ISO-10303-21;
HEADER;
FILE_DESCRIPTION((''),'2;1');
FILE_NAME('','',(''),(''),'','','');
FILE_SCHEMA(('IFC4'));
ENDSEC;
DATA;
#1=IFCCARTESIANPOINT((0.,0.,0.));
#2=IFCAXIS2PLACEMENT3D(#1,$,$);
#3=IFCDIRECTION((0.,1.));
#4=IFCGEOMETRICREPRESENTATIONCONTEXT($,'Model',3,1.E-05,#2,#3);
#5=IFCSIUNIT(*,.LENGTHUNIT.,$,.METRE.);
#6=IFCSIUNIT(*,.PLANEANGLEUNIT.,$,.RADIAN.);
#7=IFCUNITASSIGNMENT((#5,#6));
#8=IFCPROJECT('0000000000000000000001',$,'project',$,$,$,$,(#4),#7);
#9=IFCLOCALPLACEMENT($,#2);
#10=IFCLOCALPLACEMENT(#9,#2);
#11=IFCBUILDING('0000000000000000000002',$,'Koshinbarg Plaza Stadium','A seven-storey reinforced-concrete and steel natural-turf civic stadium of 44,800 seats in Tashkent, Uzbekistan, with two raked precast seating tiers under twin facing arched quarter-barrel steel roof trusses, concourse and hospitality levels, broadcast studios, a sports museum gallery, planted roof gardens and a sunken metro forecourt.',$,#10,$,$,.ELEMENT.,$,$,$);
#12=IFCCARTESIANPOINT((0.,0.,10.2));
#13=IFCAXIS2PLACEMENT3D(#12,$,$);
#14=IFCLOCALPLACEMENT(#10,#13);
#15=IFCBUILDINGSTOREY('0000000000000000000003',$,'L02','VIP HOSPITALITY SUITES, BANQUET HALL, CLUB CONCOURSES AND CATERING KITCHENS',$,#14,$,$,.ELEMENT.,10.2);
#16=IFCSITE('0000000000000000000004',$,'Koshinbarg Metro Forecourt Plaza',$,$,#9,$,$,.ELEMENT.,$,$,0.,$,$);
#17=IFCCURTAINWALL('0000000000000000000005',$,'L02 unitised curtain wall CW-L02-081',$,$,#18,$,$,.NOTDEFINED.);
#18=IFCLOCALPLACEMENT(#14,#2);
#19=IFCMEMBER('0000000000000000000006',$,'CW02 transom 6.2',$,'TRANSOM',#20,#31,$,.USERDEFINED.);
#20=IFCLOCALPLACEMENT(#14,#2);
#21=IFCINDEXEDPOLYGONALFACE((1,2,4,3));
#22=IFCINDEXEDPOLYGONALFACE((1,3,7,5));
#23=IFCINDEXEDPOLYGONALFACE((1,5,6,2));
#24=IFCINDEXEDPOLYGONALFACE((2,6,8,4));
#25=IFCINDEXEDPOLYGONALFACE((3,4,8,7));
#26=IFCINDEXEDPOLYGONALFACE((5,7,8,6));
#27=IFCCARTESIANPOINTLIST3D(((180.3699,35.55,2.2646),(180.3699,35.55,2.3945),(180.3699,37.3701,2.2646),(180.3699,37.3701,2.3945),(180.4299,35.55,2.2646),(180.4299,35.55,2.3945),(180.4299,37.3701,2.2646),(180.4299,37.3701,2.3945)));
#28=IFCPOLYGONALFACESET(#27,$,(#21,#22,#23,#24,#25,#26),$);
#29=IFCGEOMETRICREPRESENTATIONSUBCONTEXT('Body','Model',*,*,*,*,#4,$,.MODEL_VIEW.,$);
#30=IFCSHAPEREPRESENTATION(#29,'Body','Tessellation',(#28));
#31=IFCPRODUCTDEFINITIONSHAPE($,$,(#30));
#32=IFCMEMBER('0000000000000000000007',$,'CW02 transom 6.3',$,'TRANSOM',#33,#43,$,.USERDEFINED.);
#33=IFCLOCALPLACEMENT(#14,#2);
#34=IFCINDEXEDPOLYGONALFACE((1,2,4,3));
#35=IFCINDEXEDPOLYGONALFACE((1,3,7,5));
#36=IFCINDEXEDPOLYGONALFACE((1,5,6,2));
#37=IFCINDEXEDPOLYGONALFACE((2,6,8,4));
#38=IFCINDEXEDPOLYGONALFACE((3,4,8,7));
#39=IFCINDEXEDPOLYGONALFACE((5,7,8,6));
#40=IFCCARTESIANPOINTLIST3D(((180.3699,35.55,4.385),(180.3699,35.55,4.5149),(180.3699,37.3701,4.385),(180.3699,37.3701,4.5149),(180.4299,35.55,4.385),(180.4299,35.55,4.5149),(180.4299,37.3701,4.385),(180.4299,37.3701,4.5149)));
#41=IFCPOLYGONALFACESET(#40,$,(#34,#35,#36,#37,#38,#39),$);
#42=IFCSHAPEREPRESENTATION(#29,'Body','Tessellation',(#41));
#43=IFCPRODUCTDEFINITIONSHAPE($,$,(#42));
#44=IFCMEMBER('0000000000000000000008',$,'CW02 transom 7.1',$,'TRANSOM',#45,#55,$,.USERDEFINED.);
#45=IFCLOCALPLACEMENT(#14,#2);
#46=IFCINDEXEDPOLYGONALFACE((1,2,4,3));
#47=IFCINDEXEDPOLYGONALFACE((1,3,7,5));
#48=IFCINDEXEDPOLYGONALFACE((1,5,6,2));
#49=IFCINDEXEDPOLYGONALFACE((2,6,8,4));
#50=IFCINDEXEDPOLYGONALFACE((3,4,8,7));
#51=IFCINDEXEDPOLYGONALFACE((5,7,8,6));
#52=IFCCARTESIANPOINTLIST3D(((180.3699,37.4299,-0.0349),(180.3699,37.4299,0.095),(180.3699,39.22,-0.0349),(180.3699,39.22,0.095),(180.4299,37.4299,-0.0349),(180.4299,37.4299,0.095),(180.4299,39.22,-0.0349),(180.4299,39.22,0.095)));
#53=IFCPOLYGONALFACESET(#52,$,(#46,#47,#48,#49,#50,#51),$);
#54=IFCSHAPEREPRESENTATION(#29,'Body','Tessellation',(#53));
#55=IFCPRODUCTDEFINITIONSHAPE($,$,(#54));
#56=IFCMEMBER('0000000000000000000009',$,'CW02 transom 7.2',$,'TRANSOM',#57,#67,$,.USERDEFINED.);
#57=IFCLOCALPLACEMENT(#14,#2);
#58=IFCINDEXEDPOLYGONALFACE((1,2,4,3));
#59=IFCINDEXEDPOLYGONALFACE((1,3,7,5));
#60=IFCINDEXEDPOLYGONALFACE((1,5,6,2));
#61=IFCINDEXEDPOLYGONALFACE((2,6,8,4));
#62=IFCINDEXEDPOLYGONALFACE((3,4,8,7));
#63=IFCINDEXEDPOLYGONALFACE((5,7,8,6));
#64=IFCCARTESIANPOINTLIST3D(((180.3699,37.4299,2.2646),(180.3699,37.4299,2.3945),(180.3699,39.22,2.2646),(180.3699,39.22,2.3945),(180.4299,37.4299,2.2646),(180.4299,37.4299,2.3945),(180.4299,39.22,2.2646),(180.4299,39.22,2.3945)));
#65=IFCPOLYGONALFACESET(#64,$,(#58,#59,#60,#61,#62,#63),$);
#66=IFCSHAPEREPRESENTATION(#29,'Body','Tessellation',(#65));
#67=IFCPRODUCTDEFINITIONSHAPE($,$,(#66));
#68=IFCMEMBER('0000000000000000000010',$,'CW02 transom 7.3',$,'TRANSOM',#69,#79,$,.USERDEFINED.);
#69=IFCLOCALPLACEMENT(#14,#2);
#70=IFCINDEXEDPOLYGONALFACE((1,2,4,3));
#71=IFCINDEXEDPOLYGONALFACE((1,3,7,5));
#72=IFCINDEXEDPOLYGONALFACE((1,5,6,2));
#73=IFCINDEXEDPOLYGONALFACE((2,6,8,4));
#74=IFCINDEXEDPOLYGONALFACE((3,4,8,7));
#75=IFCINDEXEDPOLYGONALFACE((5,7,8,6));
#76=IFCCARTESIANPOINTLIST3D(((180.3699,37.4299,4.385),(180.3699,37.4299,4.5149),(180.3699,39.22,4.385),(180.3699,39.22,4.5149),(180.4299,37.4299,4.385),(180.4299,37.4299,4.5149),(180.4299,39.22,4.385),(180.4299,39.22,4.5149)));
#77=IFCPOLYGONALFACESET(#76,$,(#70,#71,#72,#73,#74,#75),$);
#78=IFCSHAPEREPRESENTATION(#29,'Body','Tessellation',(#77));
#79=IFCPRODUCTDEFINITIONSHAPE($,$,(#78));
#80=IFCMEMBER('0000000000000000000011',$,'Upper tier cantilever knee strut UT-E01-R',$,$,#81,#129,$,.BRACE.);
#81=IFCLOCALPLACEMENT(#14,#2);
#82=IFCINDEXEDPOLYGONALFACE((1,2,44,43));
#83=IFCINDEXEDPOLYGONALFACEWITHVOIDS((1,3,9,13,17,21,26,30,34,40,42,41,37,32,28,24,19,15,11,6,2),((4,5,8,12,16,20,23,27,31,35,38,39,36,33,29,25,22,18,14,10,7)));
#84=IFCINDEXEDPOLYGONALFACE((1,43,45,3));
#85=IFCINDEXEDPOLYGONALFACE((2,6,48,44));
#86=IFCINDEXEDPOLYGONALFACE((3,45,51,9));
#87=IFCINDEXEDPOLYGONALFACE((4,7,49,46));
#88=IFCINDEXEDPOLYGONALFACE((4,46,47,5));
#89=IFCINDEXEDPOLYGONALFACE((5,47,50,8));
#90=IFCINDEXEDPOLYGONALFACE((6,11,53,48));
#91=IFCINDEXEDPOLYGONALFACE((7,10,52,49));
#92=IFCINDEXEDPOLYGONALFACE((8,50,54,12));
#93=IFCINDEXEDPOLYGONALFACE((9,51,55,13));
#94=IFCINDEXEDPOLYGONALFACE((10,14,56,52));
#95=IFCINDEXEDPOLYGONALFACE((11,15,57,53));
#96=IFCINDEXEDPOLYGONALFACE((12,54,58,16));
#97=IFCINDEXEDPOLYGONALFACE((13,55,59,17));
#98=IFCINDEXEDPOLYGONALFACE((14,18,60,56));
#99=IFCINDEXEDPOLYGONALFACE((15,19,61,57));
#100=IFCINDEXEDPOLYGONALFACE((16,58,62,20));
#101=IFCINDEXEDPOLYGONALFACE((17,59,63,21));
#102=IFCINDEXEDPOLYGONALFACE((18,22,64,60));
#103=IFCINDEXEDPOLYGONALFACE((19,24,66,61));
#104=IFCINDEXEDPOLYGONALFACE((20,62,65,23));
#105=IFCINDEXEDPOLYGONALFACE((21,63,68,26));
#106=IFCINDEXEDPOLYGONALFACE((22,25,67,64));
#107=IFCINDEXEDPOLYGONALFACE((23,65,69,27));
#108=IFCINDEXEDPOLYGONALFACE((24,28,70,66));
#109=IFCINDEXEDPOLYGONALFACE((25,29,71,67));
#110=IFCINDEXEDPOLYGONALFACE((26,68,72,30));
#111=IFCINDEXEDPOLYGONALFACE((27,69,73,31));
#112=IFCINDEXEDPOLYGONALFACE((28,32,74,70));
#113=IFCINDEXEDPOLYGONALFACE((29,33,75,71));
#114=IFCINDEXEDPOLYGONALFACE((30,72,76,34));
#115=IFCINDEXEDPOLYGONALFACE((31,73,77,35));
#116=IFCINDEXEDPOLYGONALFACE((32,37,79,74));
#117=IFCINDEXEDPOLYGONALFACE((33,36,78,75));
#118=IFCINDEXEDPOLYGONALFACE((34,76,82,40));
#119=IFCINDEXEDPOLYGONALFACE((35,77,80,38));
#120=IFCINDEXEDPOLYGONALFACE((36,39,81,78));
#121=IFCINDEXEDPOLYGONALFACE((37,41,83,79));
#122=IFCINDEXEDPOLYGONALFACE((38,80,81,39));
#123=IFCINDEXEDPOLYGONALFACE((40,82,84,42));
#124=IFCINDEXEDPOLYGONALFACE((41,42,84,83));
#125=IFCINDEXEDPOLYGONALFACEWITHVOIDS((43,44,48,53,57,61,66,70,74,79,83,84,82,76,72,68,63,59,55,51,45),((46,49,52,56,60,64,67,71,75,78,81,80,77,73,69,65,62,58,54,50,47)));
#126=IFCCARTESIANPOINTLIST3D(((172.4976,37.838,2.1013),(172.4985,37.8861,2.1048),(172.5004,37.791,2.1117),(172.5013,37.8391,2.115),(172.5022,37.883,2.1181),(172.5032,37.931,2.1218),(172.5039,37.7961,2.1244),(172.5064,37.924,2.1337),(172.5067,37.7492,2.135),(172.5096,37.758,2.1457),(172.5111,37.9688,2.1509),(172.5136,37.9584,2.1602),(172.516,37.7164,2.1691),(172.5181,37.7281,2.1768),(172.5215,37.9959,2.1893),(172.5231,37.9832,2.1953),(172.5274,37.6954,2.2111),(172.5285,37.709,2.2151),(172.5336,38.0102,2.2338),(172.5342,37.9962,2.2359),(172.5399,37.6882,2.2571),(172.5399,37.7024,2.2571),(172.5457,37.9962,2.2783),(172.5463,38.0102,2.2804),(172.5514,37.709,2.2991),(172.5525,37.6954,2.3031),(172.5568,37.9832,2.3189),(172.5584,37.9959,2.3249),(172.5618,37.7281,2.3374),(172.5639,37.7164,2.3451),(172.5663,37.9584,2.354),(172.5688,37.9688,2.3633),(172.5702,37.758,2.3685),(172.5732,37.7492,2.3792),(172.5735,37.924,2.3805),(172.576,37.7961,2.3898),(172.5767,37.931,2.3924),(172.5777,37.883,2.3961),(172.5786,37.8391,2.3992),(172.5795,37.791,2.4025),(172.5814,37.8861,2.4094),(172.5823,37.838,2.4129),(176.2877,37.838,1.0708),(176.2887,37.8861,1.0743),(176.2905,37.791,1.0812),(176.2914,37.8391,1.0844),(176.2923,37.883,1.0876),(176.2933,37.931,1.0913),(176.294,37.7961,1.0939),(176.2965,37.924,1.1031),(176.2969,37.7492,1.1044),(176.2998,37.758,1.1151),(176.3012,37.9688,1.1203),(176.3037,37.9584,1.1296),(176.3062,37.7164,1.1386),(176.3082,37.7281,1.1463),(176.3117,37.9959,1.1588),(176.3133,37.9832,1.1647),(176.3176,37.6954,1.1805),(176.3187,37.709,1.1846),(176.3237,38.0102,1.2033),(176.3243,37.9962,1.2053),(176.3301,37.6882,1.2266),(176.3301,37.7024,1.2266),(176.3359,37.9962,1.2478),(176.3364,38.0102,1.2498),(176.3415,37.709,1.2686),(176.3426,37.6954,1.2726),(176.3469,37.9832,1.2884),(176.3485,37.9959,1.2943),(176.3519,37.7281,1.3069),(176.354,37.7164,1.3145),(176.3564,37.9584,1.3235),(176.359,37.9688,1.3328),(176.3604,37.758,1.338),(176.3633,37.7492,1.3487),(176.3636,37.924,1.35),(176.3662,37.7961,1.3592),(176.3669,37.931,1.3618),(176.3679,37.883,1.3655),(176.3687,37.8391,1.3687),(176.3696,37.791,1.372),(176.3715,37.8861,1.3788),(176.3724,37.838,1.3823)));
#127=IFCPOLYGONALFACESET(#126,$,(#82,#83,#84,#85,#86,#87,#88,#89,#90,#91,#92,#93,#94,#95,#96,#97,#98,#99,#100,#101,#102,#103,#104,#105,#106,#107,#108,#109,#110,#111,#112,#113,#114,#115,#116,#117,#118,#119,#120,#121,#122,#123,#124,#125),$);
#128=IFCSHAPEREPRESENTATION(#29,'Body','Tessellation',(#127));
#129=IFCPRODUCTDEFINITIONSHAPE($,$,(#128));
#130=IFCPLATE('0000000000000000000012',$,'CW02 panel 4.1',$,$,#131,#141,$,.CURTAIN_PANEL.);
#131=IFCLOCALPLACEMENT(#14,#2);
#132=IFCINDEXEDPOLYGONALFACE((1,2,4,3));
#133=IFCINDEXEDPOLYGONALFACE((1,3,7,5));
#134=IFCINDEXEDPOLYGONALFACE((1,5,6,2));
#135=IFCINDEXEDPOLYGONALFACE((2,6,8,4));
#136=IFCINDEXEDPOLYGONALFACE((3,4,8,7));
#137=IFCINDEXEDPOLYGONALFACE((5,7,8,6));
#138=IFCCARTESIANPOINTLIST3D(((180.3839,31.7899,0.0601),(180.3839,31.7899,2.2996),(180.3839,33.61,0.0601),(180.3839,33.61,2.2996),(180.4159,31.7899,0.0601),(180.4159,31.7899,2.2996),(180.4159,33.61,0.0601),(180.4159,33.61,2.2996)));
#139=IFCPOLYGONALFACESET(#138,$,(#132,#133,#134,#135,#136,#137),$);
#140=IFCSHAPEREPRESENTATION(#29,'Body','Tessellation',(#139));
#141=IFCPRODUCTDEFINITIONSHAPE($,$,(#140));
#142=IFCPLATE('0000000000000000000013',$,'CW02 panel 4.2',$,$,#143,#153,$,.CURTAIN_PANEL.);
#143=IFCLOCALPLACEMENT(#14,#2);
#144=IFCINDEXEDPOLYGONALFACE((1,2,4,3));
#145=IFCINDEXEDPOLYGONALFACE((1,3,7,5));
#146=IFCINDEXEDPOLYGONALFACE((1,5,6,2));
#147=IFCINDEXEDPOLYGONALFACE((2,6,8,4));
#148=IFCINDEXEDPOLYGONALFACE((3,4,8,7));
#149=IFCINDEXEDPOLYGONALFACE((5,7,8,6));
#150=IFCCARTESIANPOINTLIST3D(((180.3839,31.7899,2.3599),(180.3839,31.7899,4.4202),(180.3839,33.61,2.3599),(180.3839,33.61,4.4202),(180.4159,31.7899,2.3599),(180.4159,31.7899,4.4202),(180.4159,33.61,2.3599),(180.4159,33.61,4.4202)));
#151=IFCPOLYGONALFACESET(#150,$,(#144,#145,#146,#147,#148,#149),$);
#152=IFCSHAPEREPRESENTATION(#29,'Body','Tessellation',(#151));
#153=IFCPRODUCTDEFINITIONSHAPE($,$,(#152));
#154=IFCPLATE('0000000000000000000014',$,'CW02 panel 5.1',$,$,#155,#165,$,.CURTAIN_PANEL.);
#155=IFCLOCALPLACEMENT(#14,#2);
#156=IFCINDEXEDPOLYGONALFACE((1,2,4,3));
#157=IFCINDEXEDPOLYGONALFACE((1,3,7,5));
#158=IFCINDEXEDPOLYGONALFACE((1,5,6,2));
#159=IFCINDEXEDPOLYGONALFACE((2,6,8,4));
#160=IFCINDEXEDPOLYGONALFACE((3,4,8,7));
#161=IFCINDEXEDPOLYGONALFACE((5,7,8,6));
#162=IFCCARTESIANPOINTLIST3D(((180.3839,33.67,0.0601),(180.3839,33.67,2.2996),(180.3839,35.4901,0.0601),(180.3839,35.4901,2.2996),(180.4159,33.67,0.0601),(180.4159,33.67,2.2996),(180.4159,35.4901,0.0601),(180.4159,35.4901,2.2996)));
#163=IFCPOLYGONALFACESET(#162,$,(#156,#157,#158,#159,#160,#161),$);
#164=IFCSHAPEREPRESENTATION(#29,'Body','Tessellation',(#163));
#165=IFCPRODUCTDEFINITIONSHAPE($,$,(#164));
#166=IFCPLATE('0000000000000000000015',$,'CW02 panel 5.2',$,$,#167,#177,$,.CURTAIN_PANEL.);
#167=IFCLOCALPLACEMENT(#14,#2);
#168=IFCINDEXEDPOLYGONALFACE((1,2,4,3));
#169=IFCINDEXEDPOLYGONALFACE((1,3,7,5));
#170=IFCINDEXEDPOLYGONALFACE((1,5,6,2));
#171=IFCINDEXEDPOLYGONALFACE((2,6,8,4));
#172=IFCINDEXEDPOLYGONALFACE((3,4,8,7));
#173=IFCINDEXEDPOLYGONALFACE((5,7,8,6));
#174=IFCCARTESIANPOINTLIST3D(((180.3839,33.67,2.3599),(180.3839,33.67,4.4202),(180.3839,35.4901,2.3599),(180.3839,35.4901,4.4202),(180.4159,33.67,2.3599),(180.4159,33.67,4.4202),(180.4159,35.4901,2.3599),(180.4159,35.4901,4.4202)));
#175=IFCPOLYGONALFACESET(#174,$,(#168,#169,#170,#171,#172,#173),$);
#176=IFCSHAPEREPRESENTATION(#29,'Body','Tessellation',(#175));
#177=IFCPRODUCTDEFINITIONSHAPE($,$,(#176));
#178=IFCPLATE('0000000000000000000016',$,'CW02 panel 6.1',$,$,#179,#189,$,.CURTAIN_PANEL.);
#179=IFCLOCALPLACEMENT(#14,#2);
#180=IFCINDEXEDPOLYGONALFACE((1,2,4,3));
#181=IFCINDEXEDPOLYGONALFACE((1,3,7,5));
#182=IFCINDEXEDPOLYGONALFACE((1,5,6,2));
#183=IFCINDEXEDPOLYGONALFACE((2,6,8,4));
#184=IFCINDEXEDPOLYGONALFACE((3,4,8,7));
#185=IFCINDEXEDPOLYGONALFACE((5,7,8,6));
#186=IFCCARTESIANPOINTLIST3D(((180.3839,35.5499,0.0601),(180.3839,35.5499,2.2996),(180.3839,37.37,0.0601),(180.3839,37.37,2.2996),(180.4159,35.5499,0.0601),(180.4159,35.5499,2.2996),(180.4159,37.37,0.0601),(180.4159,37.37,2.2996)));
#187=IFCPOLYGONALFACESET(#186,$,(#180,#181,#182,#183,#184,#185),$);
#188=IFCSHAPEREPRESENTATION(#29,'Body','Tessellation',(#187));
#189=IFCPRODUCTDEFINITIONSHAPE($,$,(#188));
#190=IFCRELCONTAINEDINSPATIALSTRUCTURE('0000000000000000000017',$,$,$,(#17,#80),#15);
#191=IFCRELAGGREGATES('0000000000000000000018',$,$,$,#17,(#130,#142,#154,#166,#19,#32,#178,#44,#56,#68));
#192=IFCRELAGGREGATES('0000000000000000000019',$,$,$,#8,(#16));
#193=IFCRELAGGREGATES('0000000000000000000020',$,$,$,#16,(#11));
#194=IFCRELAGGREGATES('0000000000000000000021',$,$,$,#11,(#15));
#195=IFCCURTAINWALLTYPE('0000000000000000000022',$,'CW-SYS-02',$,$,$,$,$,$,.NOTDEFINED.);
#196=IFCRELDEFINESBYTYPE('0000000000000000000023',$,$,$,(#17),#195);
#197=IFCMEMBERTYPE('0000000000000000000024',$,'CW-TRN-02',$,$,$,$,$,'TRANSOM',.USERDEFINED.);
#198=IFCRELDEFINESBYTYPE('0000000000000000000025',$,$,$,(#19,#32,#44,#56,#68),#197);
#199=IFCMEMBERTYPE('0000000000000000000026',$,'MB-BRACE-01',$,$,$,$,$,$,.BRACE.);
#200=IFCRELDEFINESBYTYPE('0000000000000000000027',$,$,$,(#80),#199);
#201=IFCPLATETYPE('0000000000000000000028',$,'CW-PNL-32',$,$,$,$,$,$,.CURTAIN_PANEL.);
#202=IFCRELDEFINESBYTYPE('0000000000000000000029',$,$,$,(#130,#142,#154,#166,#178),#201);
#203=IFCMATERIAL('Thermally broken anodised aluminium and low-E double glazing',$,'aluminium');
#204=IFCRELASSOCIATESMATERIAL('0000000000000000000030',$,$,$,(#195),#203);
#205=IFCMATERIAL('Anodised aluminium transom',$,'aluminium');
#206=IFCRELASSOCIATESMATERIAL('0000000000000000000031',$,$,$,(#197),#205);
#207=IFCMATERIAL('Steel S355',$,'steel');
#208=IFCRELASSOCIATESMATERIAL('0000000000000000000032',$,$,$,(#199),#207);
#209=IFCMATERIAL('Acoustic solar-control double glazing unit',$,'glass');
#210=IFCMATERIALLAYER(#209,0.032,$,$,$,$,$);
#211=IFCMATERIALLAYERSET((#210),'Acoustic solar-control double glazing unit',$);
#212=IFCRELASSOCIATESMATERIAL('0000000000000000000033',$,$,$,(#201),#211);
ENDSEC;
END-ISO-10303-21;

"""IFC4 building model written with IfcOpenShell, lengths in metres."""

from ifc_helpers import new_model, si_unit, direction, frame, origin, origin_2d, place, context, subcontext, project, spatial, rectangle, hollow_circle, extrude, material, layer, layer_set, material_profile, profile_set, type_object, element, aggregate, save


model = new_model("IFC4")

# Units and contexts
model_context = context("Model", 3, precision=1e-05, world=origin(), true_north=direction((0.0, 1.0)))
body_context = subcontext(model_context, "Body", "Model", "MODEL_VIEW")
ifc_project = project(units=[si_unit("LENGTHUNIT", "METRE"), si_unit("PLANEANGLEUNIT", "RADIAN")], contexts=[model_context])

# Site, building, storey
site_placement = place(None, origin())
site = spatial("IfcSite", under=ifc_project, at=site_placement, Name="Koshinbarg Metro Forecourt Plaza", CompositionType="ELEMENT", RefElevation=0.0)
building_placement = place(site_placement, origin())
building = spatial("IfcBuilding", under=site, at=building_placement, Name="Koshinbarg Plaza Stadium", Description="A seven-storey reinforced-concrete and steel natural-turf civic stadium of 44,800 seats in Tashkent, Uzbekistan, with two raked precast seating tiers under twin facing arched quarter-barrel steel roof trusses, concourse and hospitality levels, broadcast studios, a sports museum gallery, planted roof gardens and a sunken metro forecourt.", CompositionType="ELEMENT")
storey_placement = place(building_placement, frame((0.0, 0.0, 10.2)))
storey = spatial("IfcBuildingStorey", under=building, at=storey_placement, Name="L02", Description="VIP HOSPITALITY SUITES, BANQUET HALL, CLUB CONCOURSES AND CATERING KITCHENS", CompositionType="ELEMENT", Elevation=10.2)

# Curtain wall, members
ifc_material_1 = material(Name="Thermally broken anodised aluminium and low-E double glazing", Category="aluminium")
curtain_wall_type = type_object("IfcCurtainWallType", Name="CW-SYS-02", PredefinedType="NOTDEFINED", material=ifc_material_1)
curtain_wall_placement = place(storey_placement, origin())
curtain_wall = element("IfcCurtainWall", 1, at=curtain_wall_placement, inside=storey, type_object=curtain_wall_type, Name="L02 unitised curtain wall CW-L02-081", PredefinedType="NOTDEFINED")
ifc_material_2 = material(Name="Anodised aluminium transom", Category="aluminium")
ifc_material_profile_1 = material_profile(ifc_material_2, rectangle(XDim=0.0601, YDim=0.1299, at=origin_2d()), Name="ALU 60x130")
ifc_profile_set_1 = profile_set([ifc_material_profile_1], Name="Anodised aluminium transom")
member_type_1 = type_object("IfcMemberType", Name="CW-TRN-02", ElementType="TRANSOM", PredefinedType="USERDEFINED", material=ifc_profile_set_1)
member_1_placement = place(storey_placement, frame((180.3999, 35.55, 2.3296), z_axis=(0.0, 1.0, 0.0), x_axis=(-1.0, 0.0, 0.0)))
member_1 = element("IfcMember", 2, at=member_1_placement, type_object=member_type_1, Name="CW02 transom 6.2", ObjectType="TRANSOM", PredefinedType="USERDEFINED", context=body_context, shape_type="SweptSolid", body=[
    extrude(rectangle(XDim=0.0601, YDim=0.1299, at=origin_2d()), origin(), (0.0, 0.0, 1.0), 1.8201),
])
member_2_placement = place(storey_placement, frame((180.3999, 35.55, 4.45), z_axis=(0.0, 1.0, 0.0), x_axis=(-1.0, 0.0, 0.0)))
member_2 = element("IfcMember", 3, at=member_2_placement, type_object=member_type_1, Name="CW02 transom 6.3", ObjectType="TRANSOM", PredefinedType="USERDEFINED", context=body_context, shape_type="SweptSolid", body=[
    extrude(rectangle(XDim=0.0601, YDim=0.1299, at=origin_2d()), origin(), (0.0, 0.0, 1.0), 1.8201),
])
member_3_placement = place(storey_placement, frame((180.3999, 37.4299, 0.03), z_axis=(0.0, 1.0, 0.0), x_axis=(-1.0, 0.0, 0.0)))
member_3 = element("IfcMember", 4, at=member_3_placement, type_object=member_type_1, Name="CW02 transom 7.1", ObjectType="TRANSOM", PredefinedType="USERDEFINED", context=body_context, shape_type="SweptSolid", body=[
    extrude(rectangle(XDim=0.0601, YDim=0.1299, at=origin_2d()), origin(), (0.0, 0.0, 1.0), 1.79),
])
member_4_placement = place(storey_placement, frame((180.3999, 37.4299, 2.3296), z_axis=(0.0, 1.0, 0.0), x_axis=(-1.0, 0.0, 0.0)))
member_4 = element("IfcMember", 5, at=member_4_placement, type_object=member_type_1, Name="CW02 transom 7.2", ObjectType="TRANSOM", PredefinedType="USERDEFINED", context=body_context, shape_type="SweptSolid", body=[
    extrude(rectangle(XDim=0.0601, YDim=0.1299, at=origin_2d()), origin(), (0.0, 0.0, 1.0), 1.79),
])
member_5_placement = place(storey_placement, frame((180.3999, 37.4299, 4.45), z_axis=(0.0, 1.0, 0.0), x_axis=(-1.0, 0.0, 0.0)))
member_5 = element("IfcMember", 6, at=member_5_placement, type_object=member_type_1, Name="CW02 transom 7.3", ObjectType="TRANSOM", PredefinedType="USERDEFINED", context=body_context, shape_type="SweptSolid", body=[
    extrude(rectangle(XDim=0.0601, YDim=0.1299, at=origin_2d()), origin(), (0.0, 0.0, 1.0), 1.79),
])

# Member
ifc_material_3 = material(Name="Steel S355", Category="steel")
ifc_material_profile_2 = material_profile(ifc_material_3, hollow_circle(Radius=0.1619, WallThickness=0.0142, at=origin_2d()), Name="CHS 323.9x14.2")
ifc_profile_set_2 = profile_set([ifc_material_profile_2], Name="Steel S355")
member_type_2 = type_object("IfcMemberType", Name="MB-BRACE-01", PredefinedType="BRACE", material=ifc_profile_set_2)
member_6_placement = place(storey_placement, frame((176.3301, 37.8501, 1.2266), z_axis=(-0.964966, 0.0, 0.262376), x_axis=(0.0, -1.0, 0.0)))
element("IfcMember", 7, at=member_6_placement, inside=storey, type_object=member_type_2, Name="Upper tier cantilever knee strut UT-E01-R", PredefinedType="BRACE", context=body_context, shape_type="SweptSolid", body=[
    extrude(hollow_circle(Radius=0.1619, WallThickness=0.0142, at=origin_2d()), origin(), (0.0, 0.0, 1.0), 3.9277),
])

# Plates
ifc_material_4 = material(Name="Acoustic solar-control double glazing unit", Category="glass")
ifc_layer = layer(ifc_material_4, 0.032)
ifc_layer_set = layer_set([ifc_layer], Name="Acoustic solar-control double glazing unit")
plate_type = type_object("IfcPlateType", Name="CW-PNL-32", PredefinedType="CURTAIN_PANEL", material=ifc_layer_set)
plate_1_placement = place(storey_placement, frame((180.3999, 32.7, 0.0601), z_axis=(0.0, 0.0, 1.0), x_axis=(0.0, 1.0, 0.0)))
plate_1 = element("IfcPlate", 8, at=plate_1_placement, type_object=plate_type, Name="CW02 panel 4.1", PredefinedType="CURTAIN_PANEL", context=body_context, shape_type="SweptSolid", body=[
    extrude(rectangle(XDim=1.8201, YDim=0.032, at=origin_2d()), origin(), (0.0, 0.0, 1.0), 2.2395),
])
plate_2_placement = place(storey_placement, frame((180.3999, 32.7, 2.3599), z_axis=(0.0, 0.0, 1.0), x_axis=(0.0, 1.0, 0.0)))
plate_2 = element("IfcPlate", 9, at=plate_2_placement, type_object=plate_type, Name="CW02 panel 4.2", PredefinedType="CURTAIN_PANEL", context=body_context, shape_type="SweptSolid", body=[
    extrude(rectangle(XDim=1.8201, YDim=0.032, at=origin_2d()), origin(), (0.0, 0.0, 1.0), 2.0603),
])
plate_3_placement = place(storey_placement, frame((180.3999, 34.5801, 0.0601), z_axis=(0.0, 0.0, 1.0), x_axis=(0.0, 1.0, 0.0)))
plate_3 = element("IfcPlate", 10, at=plate_3_placement, type_object=plate_type, Name="CW02 panel 5.1", PredefinedType="CURTAIN_PANEL", context=body_context, shape_type="SweptSolid", body=[
    extrude(rectangle(XDim=1.8201, YDim=0.032, at=origin_2d()), origin(), (0.0, 0.0, 1.0), 2.2395),
])
plate_4_placement = place(storey_placement, frame((180.3999, 34.5801, 2.3599), z_axis=(0.0, 0.0, 1.0), x_axis=(0.0, 1.0, 0.0)))
plate_4 = element("IfcPlate", 11, at=plate_4_placement, type_object=plate_type, Name="CW02 panel 5.2", PredefinedType="CURTAIN_PANEL", context=body_context, shape_type="SweptSolid", body=[
    extrude(rectangle(XDim=1.8201, YDim=0.032, at=origin_2d()), origin(), (0.0, 0.0, 1.0), 2.0603),
])
plate_5_placement = place(storey_placement, frame((180.3999, 36.46, 0.0601), z_axis=(0.0, 0.0, 1.0), x_axis=(0.0, 1.0, 0.0)))
plate_5 = element("IfcPlate", 12, at=plate_5_placement, type_object=plate_type, Name="CW02 panel 6.1", PredefinedType="CURTAIN_PANEL", context=body_context, shape_type="SweptSolid", body=[
    extrude(rectangle(XDim=1.8201, YDim=0.032, at=origin_2d()), origin(), (0.0, 0.0, 1.0), 2.2395),
])
aggregate(curtain_wall, [plate_1, plate_2, plate_3, plate_4, member_1, member_2, plate_5, member_3, member_4, member_5])

save(model, "model.ifc")
